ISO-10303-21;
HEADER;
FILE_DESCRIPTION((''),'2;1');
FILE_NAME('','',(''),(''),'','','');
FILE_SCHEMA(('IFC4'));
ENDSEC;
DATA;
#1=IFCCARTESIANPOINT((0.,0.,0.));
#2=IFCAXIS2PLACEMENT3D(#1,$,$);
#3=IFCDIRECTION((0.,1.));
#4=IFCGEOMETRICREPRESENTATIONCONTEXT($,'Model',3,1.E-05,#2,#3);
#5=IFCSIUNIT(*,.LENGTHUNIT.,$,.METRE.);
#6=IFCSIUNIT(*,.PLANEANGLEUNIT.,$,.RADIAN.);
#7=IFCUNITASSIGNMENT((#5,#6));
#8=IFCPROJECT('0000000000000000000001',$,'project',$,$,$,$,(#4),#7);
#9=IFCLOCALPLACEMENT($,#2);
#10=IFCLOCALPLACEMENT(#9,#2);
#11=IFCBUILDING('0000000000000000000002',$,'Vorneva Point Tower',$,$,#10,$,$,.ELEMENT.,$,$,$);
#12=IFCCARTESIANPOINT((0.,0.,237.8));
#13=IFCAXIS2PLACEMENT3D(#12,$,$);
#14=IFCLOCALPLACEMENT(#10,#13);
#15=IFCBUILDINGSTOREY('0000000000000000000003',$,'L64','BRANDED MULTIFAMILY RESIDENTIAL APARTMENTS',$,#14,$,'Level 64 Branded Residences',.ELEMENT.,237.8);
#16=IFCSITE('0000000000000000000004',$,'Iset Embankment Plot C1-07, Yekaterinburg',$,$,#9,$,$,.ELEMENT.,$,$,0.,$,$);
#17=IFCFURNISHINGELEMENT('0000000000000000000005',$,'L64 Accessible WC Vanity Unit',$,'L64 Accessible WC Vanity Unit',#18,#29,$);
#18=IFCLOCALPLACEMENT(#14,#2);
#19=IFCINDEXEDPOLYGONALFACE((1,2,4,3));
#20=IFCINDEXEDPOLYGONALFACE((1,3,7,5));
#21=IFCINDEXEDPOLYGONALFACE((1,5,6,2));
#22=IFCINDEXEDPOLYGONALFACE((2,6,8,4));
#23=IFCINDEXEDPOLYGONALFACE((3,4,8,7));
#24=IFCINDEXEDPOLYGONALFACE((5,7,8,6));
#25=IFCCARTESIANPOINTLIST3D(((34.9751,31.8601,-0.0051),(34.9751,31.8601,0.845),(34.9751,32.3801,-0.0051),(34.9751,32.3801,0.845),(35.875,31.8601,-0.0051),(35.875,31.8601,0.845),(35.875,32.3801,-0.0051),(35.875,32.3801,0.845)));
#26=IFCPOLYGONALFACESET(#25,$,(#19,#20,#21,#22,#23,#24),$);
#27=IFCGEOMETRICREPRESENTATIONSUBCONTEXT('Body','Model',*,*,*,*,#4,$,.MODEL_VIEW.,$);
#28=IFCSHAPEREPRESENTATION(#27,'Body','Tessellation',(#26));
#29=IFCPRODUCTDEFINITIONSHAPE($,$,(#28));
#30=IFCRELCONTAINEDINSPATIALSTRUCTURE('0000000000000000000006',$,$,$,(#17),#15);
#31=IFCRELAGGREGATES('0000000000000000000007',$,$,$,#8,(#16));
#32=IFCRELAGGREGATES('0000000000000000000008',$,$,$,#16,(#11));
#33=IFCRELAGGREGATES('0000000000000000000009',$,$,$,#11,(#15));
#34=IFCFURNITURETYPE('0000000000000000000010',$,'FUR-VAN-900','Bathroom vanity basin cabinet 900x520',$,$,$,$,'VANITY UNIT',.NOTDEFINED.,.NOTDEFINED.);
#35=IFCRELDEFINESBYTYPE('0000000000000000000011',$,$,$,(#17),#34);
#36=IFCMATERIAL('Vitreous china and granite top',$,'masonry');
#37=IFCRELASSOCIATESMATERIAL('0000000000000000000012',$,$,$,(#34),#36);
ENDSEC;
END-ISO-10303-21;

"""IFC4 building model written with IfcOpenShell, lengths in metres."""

from ifc_helpers import new_model, si_unit, direction, frame, origin, origin_2d, place, context, subcontext, project, spatial, rectangle, extrude, material, type_object, element, save


model = new_model("IFC4")

# Units and contexts
model_context = context("Model", 3, precision=1e-05, world=origin(), true_north=direction((0.0, 1.0)))
body_context = subcontext(model_context, "Body", "Model", "MODEL_VIEW")
ifc_project = project(units=[si_unit("LENGTHUNIT", "METRE"), si_unit("PLANEANGLEUNIT", "RADIAN")], contexts=[model_context])

# Site, building, storey
site_placement = place(None, origin())
site = spatial("IfcSite", under=ifc_project, at=site_placement, Name="Iset Embankment Plot C1-07, Yekaterinburg", CompositionType="ELEMENT", RefElevation=0.0)
building_placement = place(site_placement, origin())
building = spatial("IfcBuilding", under=site, at=building_placement, Name="Vorneva Point Tower", CompositionType="ELEMENT")
storey_placement = place(building_placement, frame((0.0, 0.0, 237.8)))
storey = spatial("IfcBuildingStorey", under=building, at=storey_placement, Name="L64", Description="BRANDED MULTIFAMILY RESIDENTIAL APARTMENTS", LongName="Level 64 Branded Residences", CompositionType="ELEMENT", Elevation=237.8)

# Furnishing element
ifc_material_1 = material(Name="Vitreous china and granite top", Category="masonry")
furniture_type = type_object("IfcFurnitureType", Name="FUR-VAN-900", Description="Bathroom vanity basin cabinet 900x520", ElementType="VANITY UNIT", AssemblyPlace="NOTDEFINED", PredefinedType="NOTDEFINED", material=ifc_material_1)
furnishing_placement = place(storey_placement, frame((35.425, 32.1201, -0.0051), z_axis=(0.0, 0.0, 1.0), x_axis=(1.0, 0.0, 0.0)))
element("IfcFurnishingElement", 1, at=furnishing_placement, inside=storey, type_object=furniture_type, Name="L64 Accessible WC Vanity Unit", ObjectType="L64 Accessible WC Vanity Unit", context=body_context, shape_type="SweptSolid", body=[
    extrude(rectangle(XDim=0.8999, YDim=0.52, at=origin_2d()), origin(), (0.0, 0.0, 1.0), 0.8501),
])

save(model, "model.ifc")
